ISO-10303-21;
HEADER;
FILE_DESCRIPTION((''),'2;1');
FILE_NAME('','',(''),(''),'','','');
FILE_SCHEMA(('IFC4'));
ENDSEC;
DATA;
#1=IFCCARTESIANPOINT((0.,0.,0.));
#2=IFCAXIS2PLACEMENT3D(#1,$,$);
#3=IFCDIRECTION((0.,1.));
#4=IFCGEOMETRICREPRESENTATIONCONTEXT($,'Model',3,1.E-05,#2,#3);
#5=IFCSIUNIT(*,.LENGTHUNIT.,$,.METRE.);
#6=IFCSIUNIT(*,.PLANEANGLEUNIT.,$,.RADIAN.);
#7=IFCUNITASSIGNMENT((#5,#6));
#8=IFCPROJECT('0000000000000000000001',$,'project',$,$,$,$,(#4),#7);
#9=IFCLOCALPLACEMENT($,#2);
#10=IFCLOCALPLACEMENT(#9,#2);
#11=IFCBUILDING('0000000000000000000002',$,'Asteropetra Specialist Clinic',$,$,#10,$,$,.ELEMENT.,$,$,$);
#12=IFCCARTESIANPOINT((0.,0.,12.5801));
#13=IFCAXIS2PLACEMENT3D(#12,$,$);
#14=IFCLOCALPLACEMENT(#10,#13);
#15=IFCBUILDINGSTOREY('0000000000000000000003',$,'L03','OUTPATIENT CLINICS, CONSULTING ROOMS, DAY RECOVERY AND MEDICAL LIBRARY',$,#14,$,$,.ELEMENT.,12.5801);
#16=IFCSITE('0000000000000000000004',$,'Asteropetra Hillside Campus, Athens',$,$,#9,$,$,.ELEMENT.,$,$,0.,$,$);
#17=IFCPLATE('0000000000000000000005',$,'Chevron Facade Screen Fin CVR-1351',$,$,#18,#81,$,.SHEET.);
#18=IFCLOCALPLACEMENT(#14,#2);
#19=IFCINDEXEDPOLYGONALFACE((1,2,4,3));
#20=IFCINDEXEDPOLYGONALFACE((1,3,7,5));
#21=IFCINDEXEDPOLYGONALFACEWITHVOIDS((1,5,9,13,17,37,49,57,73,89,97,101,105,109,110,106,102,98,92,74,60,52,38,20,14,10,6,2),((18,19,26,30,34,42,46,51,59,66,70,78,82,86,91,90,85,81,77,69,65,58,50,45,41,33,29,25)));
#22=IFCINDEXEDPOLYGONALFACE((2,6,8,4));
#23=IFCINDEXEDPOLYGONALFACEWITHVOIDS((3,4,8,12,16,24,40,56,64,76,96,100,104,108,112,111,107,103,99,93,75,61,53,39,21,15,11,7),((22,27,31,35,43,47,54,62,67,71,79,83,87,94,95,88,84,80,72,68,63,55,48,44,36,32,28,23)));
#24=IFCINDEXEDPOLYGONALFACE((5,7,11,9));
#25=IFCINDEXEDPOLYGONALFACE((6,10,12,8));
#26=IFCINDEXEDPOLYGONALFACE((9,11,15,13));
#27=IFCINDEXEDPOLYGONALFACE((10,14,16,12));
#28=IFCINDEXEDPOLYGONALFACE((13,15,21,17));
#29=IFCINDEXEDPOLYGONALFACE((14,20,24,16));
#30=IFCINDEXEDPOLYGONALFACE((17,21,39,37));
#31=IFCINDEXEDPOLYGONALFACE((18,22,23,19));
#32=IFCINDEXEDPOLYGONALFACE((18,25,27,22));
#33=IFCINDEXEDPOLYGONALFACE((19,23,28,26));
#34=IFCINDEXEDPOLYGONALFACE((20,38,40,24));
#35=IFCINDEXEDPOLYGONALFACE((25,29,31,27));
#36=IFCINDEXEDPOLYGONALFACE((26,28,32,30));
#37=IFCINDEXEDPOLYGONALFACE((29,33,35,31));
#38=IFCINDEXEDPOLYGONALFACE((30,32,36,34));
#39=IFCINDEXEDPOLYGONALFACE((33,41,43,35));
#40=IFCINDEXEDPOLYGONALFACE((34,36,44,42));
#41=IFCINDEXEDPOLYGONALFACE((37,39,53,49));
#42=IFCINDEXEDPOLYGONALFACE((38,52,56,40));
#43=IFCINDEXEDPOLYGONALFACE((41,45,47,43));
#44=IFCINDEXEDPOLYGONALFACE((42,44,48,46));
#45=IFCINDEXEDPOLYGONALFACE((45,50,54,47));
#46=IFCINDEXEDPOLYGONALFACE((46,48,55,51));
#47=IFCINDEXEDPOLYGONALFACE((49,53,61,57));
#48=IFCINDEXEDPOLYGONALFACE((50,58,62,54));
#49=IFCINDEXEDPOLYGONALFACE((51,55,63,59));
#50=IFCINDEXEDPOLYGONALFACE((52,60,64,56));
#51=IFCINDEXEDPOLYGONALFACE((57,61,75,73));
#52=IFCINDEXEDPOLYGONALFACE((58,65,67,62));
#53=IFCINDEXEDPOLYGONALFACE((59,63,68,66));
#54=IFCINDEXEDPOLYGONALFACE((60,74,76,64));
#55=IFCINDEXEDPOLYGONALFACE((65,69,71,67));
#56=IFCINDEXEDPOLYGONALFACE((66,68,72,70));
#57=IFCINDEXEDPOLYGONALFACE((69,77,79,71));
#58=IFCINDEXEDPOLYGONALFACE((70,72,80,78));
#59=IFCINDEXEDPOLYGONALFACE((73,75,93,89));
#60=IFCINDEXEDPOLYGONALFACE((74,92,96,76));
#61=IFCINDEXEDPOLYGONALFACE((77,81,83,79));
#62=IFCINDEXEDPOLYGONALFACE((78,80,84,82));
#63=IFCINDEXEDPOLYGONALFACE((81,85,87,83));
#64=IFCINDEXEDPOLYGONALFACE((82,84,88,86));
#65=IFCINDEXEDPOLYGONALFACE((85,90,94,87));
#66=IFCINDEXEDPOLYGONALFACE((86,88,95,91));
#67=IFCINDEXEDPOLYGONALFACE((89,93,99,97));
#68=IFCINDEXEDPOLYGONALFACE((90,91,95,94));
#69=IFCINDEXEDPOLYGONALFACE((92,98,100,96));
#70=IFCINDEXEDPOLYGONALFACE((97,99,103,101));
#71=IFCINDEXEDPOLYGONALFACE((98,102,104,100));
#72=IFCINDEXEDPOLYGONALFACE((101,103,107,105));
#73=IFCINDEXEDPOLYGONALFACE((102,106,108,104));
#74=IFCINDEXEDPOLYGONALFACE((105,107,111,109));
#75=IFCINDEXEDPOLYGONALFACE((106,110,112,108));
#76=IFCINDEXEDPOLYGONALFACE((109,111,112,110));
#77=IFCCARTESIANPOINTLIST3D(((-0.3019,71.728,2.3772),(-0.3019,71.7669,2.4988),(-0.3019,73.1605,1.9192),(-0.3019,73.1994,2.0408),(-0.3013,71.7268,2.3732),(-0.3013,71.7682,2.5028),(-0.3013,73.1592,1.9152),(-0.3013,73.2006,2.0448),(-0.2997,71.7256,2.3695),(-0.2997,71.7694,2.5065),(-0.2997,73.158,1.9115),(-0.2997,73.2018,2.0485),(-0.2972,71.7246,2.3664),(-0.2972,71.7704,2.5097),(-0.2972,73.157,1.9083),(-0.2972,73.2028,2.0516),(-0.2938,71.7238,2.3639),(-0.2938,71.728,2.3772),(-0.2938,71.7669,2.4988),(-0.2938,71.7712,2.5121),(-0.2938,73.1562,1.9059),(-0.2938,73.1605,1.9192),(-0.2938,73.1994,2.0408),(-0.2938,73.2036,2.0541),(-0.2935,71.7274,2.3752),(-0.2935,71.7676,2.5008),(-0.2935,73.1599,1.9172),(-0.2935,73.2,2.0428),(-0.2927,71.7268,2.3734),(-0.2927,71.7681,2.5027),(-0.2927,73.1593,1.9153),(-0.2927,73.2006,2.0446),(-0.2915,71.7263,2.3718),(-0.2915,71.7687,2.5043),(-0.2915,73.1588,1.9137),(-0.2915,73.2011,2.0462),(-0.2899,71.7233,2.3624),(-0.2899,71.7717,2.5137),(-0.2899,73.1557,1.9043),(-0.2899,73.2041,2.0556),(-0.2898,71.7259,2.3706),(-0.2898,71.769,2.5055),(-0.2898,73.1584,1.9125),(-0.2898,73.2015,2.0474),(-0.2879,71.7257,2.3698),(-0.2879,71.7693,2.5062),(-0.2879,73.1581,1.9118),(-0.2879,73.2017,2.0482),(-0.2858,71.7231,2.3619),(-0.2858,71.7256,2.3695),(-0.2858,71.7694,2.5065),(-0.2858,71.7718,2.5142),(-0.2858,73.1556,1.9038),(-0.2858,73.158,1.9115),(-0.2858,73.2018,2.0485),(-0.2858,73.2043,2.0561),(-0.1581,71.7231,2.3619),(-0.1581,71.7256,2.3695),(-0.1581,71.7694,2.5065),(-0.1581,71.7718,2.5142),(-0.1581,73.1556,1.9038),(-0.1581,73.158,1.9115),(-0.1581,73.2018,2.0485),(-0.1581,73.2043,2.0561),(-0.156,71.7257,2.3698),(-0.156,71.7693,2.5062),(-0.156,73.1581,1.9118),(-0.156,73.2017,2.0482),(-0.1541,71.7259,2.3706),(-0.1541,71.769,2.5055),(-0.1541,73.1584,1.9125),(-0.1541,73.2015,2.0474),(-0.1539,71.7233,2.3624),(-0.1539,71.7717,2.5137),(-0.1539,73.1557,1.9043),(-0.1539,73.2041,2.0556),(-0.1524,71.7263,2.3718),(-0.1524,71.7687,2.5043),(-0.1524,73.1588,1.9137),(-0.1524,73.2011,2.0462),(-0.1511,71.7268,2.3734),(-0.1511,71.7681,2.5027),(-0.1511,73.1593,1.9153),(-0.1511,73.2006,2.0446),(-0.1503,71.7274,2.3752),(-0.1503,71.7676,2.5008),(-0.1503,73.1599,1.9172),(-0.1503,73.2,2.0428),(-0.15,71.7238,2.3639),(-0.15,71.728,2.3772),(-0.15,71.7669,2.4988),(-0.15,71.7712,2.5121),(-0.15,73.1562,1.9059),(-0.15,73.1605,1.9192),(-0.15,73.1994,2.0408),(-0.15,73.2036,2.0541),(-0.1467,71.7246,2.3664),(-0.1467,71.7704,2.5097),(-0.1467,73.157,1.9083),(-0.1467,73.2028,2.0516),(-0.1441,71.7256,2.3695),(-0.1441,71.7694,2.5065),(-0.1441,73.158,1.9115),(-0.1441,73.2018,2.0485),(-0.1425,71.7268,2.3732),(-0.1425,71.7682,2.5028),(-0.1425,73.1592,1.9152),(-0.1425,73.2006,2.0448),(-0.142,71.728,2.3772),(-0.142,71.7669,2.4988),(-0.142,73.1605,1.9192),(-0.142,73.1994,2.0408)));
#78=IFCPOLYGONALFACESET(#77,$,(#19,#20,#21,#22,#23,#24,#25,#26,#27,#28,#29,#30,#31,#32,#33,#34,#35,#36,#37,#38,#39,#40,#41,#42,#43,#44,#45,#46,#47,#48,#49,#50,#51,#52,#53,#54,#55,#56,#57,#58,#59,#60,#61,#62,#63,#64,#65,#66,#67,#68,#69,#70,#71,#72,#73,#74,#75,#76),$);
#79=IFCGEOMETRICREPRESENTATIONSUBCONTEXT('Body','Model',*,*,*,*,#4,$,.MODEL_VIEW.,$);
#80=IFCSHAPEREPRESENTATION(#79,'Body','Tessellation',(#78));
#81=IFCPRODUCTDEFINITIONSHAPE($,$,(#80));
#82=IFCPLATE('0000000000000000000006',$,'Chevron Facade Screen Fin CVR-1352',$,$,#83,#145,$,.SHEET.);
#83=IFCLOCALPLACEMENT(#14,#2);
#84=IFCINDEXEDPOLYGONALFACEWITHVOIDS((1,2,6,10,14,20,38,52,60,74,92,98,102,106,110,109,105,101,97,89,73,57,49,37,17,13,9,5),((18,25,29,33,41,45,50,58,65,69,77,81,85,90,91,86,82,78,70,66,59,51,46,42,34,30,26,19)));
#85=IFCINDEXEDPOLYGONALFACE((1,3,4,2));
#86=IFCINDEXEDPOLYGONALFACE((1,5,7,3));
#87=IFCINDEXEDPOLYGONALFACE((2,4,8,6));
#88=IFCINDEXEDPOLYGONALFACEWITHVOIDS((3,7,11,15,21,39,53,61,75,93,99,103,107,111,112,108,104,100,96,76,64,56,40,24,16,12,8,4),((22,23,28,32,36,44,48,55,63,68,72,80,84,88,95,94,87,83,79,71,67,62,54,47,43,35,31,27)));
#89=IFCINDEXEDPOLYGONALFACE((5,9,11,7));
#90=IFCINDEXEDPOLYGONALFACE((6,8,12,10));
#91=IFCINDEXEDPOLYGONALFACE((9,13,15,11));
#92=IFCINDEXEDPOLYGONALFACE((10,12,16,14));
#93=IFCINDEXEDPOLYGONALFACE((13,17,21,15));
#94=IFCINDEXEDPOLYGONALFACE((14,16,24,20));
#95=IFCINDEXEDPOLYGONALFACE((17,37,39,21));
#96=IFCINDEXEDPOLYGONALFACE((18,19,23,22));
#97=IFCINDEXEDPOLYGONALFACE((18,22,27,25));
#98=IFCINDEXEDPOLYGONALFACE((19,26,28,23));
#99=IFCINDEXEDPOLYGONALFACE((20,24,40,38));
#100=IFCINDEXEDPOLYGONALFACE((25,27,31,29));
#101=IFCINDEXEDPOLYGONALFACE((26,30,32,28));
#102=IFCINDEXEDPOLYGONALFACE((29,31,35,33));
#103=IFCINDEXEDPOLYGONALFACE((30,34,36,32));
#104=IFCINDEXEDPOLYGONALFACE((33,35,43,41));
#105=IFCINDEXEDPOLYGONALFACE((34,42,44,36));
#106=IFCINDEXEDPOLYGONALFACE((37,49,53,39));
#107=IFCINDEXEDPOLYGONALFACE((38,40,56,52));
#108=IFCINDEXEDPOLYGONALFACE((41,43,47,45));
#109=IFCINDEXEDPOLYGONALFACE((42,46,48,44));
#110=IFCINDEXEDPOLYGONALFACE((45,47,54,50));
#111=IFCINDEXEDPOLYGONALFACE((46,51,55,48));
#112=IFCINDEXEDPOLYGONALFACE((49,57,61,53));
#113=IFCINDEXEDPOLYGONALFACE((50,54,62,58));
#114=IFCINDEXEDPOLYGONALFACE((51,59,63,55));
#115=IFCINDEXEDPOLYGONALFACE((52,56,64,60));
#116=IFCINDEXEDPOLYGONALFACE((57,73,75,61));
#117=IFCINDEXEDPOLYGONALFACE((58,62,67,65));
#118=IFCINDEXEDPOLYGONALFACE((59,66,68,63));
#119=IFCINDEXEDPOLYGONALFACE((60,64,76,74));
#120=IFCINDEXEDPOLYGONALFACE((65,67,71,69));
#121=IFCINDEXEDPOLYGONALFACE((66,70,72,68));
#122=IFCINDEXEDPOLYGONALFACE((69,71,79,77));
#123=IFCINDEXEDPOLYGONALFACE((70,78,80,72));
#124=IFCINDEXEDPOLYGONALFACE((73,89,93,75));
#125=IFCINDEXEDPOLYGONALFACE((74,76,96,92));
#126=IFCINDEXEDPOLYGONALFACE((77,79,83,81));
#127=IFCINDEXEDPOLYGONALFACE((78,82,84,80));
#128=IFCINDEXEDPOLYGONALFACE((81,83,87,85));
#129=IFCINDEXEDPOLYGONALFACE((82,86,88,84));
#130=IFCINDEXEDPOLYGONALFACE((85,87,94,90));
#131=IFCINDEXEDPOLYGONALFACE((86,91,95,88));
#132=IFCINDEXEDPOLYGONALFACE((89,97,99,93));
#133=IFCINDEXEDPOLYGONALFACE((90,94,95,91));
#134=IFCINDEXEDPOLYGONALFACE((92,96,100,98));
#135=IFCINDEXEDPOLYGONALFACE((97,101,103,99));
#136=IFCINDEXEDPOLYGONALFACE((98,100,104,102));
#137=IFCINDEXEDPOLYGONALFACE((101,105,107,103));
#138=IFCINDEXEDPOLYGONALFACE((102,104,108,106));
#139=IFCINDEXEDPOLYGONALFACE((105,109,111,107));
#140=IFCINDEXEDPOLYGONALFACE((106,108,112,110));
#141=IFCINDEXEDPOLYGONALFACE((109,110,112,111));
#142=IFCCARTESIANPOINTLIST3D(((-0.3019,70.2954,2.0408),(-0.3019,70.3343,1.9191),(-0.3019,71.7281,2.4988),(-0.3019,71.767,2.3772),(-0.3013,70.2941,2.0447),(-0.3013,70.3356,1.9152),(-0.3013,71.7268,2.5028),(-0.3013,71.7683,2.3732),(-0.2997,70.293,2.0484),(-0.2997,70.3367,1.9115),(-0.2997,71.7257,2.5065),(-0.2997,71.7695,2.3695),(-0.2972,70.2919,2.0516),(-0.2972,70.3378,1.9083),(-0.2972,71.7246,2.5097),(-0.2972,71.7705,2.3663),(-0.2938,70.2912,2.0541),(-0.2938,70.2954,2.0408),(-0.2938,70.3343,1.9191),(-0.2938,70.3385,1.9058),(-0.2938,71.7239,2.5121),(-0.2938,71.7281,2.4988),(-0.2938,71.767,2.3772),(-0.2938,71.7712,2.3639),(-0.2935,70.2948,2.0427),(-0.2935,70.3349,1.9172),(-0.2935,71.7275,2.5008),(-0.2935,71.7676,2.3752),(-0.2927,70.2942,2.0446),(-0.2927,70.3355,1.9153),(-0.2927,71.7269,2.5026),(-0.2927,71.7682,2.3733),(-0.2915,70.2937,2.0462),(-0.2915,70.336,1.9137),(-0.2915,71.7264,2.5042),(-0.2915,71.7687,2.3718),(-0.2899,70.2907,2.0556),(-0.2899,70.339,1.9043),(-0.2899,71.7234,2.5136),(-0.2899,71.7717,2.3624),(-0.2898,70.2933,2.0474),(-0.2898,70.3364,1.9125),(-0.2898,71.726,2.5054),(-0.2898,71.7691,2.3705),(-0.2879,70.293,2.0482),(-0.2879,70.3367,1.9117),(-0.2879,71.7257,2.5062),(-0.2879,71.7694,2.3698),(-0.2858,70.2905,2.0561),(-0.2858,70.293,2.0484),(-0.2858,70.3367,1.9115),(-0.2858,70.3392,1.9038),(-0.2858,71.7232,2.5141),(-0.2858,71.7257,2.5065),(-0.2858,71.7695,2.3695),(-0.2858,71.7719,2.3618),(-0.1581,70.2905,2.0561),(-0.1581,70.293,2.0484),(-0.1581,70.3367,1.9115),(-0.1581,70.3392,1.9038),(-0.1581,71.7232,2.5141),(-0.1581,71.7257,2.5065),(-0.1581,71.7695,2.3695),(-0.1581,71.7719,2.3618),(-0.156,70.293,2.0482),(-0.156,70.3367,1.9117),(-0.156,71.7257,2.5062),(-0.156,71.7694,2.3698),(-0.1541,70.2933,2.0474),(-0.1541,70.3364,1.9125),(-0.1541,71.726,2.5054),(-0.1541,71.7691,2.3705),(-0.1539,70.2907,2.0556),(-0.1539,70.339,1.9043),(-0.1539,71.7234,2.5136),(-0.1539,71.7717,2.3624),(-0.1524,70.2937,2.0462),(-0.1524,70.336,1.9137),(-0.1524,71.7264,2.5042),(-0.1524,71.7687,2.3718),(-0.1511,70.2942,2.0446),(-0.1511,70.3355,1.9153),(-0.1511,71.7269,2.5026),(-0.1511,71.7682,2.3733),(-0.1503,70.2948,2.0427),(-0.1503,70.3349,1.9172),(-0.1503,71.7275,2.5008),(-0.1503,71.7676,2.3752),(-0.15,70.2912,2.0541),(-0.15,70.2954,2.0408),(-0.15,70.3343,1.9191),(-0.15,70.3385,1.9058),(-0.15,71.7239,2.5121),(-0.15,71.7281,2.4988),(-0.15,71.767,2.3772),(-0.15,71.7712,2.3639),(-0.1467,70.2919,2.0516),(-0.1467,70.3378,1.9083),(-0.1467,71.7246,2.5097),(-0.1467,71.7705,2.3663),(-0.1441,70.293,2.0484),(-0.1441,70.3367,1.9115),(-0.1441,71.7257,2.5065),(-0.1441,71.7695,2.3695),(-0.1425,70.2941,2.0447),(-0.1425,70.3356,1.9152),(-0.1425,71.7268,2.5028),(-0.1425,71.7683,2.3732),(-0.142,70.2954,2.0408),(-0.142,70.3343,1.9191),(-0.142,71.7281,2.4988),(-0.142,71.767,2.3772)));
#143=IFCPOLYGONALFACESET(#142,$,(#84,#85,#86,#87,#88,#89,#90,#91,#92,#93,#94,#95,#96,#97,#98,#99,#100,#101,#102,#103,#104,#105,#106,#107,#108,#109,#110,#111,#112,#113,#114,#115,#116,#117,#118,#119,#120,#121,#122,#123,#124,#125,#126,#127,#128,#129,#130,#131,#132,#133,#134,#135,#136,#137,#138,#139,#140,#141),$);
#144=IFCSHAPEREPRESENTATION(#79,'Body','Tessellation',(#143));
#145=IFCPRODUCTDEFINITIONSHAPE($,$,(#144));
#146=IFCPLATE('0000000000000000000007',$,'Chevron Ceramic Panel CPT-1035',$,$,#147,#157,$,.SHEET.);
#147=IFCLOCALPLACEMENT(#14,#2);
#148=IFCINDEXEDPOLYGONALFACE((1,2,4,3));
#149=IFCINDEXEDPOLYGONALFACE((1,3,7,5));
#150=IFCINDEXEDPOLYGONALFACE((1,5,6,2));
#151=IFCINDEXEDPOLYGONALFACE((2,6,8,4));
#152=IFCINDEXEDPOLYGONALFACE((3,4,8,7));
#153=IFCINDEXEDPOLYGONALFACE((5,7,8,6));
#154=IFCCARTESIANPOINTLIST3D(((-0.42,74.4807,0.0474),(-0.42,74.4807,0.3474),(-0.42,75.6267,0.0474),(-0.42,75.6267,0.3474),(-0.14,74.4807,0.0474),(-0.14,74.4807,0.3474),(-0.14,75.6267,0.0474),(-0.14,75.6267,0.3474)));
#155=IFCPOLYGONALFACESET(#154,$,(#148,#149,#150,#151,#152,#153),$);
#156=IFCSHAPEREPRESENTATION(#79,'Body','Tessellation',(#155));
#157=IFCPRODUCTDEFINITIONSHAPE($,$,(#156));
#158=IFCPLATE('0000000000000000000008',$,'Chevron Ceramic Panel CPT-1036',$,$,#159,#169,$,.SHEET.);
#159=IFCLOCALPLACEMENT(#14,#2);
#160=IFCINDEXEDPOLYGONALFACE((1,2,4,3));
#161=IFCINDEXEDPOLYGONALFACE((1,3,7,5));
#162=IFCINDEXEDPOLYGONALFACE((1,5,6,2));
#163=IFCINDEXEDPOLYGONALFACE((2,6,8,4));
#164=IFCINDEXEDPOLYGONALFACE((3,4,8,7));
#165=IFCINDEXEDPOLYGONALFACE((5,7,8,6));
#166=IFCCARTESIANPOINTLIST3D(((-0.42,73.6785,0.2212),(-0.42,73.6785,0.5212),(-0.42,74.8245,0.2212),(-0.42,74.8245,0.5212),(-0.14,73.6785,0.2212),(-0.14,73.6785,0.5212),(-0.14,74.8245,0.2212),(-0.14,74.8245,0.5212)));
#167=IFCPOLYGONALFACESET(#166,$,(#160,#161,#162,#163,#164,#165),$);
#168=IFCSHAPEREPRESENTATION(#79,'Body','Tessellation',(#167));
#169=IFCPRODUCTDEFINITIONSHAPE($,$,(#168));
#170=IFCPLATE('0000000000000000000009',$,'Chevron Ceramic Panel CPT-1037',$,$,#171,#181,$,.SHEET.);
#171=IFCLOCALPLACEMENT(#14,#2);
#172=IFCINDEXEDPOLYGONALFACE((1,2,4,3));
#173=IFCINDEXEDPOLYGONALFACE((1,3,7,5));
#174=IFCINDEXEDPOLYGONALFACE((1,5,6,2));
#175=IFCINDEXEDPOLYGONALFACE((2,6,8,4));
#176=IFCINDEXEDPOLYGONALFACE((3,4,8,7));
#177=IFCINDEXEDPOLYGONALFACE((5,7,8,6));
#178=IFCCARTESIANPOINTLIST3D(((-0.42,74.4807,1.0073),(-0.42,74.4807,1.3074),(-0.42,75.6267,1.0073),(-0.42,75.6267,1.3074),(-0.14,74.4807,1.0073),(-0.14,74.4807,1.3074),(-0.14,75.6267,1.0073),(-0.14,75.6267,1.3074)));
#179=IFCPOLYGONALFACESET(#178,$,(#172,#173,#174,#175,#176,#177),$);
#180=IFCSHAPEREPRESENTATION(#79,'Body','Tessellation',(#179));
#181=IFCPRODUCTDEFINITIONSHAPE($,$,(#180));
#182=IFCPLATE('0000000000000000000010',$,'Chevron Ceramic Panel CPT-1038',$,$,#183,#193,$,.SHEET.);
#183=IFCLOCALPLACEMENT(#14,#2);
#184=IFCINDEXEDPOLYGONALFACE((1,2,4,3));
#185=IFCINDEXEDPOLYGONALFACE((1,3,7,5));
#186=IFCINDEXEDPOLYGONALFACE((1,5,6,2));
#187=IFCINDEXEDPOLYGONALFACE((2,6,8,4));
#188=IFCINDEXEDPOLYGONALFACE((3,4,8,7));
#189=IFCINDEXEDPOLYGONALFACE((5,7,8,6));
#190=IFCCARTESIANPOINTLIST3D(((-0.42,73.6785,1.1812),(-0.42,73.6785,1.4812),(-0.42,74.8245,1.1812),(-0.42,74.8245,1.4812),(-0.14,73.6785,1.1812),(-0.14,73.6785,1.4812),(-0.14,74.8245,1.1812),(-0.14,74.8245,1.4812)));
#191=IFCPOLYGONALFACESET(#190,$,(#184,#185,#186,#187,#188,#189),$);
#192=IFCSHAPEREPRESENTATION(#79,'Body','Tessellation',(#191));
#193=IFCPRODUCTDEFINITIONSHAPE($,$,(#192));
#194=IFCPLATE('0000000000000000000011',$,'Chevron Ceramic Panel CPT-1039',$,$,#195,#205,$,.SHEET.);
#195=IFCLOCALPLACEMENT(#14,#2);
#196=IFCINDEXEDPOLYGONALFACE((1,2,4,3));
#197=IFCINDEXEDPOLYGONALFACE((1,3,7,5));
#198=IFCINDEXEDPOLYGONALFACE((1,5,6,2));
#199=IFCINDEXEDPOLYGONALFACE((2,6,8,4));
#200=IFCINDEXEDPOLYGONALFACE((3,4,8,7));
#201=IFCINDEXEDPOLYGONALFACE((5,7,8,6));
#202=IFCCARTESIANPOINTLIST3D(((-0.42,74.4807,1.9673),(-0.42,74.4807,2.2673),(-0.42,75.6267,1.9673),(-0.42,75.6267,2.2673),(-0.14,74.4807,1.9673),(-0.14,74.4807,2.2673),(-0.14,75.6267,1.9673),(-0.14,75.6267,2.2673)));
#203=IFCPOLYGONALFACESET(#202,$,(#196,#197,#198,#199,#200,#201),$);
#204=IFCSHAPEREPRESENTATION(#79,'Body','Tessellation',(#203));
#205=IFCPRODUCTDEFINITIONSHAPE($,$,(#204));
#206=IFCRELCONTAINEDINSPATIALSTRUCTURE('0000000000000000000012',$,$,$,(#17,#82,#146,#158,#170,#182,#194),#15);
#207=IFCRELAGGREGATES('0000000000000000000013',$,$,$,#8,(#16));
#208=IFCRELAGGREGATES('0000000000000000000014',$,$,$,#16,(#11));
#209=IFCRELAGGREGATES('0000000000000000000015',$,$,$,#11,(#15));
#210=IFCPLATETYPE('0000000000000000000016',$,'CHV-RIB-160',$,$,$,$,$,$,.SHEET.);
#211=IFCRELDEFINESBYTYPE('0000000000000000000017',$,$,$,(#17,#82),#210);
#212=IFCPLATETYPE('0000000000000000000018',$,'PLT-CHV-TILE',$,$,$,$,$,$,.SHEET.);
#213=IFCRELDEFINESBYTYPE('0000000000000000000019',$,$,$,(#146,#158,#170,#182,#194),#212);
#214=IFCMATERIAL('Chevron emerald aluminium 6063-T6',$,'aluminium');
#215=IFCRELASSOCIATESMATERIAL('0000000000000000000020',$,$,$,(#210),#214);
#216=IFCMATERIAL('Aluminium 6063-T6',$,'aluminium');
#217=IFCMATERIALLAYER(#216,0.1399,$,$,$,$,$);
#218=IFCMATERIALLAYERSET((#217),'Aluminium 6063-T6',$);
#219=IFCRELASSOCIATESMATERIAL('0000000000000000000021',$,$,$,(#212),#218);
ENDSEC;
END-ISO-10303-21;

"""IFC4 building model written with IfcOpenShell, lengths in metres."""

from ifc_helpers import new_model, si_unit, direction, frame, origin, origin_2d, place, context, subcontext, project, spatial, rectangle, hollow_rectangle, extrude, material, layer, layer_set, material_profile, profile_set, type_object, element, save


model = new_model("IFC4")

# Units and contexts
model_context = context("Model", 3, precision=1e-05, world=origin(), true_north=direction((0.0, 1.0)))
body_context = subcontext(model_context, "Body", "Model", "MODEL_VIEW")
ifc_project = project(units=[si_unit("LENGTHUNIT", "METRE"), si_unit("PLANEANGLEUNIT", "RADIAN")], contexts=[model_context])

# Site, building, storey
site_placement = place(None, origin())
site = spatial("IfcSite", under=ifc_project, at=site_placement, Name="Asteropetra Hillside Campus, Athens", CompositionType="ELEMENT", RefElevation=0.0)
building_placement = place(site_placement, origin())
building = spatial("IfcBuilding", under=site, at=building_placement, Name="Asteropetra Specialist Clinic", CompositionType="ELEMENT")
storey_placement = place(building_placement, frame((0.0, 0.0, 12.5801)))
storey = spatial("IfcBuildingStorey", under=building, at=storey_placement, Name="L03", Description="OUTPATIENT CLINICS, CONSULTING ROOMS, DAY RECOVERY AND MEDICAL LIBRARY", CompositionType="ELEMENT", Elevation=12.5801)

# Plates
ifc_material_1 = material(Name="Chevron emerald aluminium 6063-T6", Category="aluminium")
ifc_material_profile = material_profile(ifc_material_1, hollow_rectangle(XDim=0.1599, YDim=0.1599, WallThickness=0.0081, InnerFilletRadius=0.0081, OuterFilletRadius=0.0161, at=origin_2d()), Name="SHS 160x160x8.0")
ifc_profile_set = profile_set([ifc_material_profile], Name="Chevron emerald aluminium 6063-T6")
plate_type_1 = type_object("IfcPlateType", Name="CHV-RIB-160", PredefinedType="SHEET", material=ifc_profile_set)
plate_1_placement = place(storey_placement, frame((-0.2219, 73.1799, 1.98), z_axis=(0.0, -0.952492, 0.304564), x_axis=(1.0, 0.0, 0.0)))
element("IfcPlate", 1, at=plate_1_placement, inside=storey, type_object=plate_type_1, Name="Chevron Facade Screen Fin CVR-1351", PredefinedType="SHEET", context=body_context, shape_type="SweptSolid", body=[
    extrude(hollow_rectangle(XDim=0.1599, YDim=0.1599, WallThickness=0.0081, InnerFilletRadius=0.0081, OuterFilletRadius=0.0161, at=origin_2d()), origin(), (0.0, 0.0, 1.0), 1.5039),
])
plate_2_placement = place(storey_placement, frame((-0.2219, 71.7476, 2.438), z_axis=(0.0, -0.952507, -0.304517), x_axis=(1.0, 0.0, 0.0)))
element("IfcPlate", 2, at=plate_2_placement, inside=storey, type_object=plate_type_1, Name="Chevron Facade Screen Fin CVR-1352", PredefinedType="SHEET", context=body_context, shape_type="SweptSolid", body=[
    extrude(hollow_rectangle(XDim=0.1599, YDim=0.1599, WallThickness=0.0081, InnerFilletRadius=0.0081, OuterFilletRadius=0.0161, at=origin_2d()), origin(), (0.0, 0.0, 1.0), 1.5042),
])
ifc_material_2 = material(Name="Aluminium 6063-T6", Category="aluminium")
ifc_layer_1 = layer(ifc_material_2, 0.1399)
ifc_layer_set_1 = layer_set([ifc_layer_1], Name="Aluminium 6063-T6")
plate_type_2 = type_object("IfcPlateType", Name="PLT-CHV-TILE", PredefinedType="SHEET", material=ifc_layer_set_1)
for number, where, z_axis, x_axis, name in (
    (3, (-0.28, 75.0537, 0.0474), (0.0, 0.0, 1.0), (1.0, 0.0, 0.0), "Chevron Ceramic Panel CPT-1035"),
    (4, (-0.28, 74.2515, 0.2212), (0.0, 0.0, 1.0), (1.0, 0.0, 0.0), "Chevron Ceramic Panel CPT-1036"),
    (5, (-0.28, 75.0537, 1.0073), (0.0, 0.0, 1.0), (1.0, 0.0, 0.0), "Chevron Ceramic Panel CPT-1037"),
    (6, (-0.28, 74.2515, 1.1812), (0.0, 0.0, 1.0), (1.0, 0.0, 0.0), "Chevron Ceramic Panel CPT-1038"),
    (7, (-0.28, 75.0537, 1.9673), (0.0, 0.0, 1.0), (1.0, 0.0, 0.0), "Chevron Ceramic Panel CPT-1039"),
):
    element("IfcPlate", number, at=place(storey_placement, frame(where, z_axis=z_axis, x_axis=x_axis)), inside=storey, type_object=plate_type_2, Name=name, PredefinedType="SHEET", context=body_context, shape_type="SweptSolid", body=[
        extrude(rectangle(XDim=0.28, YDim=1.146, at=origin_2d()), origin(), (0.0, 0.0, 1.0), 0.3),
    ])

save(model, "model.ifc")
